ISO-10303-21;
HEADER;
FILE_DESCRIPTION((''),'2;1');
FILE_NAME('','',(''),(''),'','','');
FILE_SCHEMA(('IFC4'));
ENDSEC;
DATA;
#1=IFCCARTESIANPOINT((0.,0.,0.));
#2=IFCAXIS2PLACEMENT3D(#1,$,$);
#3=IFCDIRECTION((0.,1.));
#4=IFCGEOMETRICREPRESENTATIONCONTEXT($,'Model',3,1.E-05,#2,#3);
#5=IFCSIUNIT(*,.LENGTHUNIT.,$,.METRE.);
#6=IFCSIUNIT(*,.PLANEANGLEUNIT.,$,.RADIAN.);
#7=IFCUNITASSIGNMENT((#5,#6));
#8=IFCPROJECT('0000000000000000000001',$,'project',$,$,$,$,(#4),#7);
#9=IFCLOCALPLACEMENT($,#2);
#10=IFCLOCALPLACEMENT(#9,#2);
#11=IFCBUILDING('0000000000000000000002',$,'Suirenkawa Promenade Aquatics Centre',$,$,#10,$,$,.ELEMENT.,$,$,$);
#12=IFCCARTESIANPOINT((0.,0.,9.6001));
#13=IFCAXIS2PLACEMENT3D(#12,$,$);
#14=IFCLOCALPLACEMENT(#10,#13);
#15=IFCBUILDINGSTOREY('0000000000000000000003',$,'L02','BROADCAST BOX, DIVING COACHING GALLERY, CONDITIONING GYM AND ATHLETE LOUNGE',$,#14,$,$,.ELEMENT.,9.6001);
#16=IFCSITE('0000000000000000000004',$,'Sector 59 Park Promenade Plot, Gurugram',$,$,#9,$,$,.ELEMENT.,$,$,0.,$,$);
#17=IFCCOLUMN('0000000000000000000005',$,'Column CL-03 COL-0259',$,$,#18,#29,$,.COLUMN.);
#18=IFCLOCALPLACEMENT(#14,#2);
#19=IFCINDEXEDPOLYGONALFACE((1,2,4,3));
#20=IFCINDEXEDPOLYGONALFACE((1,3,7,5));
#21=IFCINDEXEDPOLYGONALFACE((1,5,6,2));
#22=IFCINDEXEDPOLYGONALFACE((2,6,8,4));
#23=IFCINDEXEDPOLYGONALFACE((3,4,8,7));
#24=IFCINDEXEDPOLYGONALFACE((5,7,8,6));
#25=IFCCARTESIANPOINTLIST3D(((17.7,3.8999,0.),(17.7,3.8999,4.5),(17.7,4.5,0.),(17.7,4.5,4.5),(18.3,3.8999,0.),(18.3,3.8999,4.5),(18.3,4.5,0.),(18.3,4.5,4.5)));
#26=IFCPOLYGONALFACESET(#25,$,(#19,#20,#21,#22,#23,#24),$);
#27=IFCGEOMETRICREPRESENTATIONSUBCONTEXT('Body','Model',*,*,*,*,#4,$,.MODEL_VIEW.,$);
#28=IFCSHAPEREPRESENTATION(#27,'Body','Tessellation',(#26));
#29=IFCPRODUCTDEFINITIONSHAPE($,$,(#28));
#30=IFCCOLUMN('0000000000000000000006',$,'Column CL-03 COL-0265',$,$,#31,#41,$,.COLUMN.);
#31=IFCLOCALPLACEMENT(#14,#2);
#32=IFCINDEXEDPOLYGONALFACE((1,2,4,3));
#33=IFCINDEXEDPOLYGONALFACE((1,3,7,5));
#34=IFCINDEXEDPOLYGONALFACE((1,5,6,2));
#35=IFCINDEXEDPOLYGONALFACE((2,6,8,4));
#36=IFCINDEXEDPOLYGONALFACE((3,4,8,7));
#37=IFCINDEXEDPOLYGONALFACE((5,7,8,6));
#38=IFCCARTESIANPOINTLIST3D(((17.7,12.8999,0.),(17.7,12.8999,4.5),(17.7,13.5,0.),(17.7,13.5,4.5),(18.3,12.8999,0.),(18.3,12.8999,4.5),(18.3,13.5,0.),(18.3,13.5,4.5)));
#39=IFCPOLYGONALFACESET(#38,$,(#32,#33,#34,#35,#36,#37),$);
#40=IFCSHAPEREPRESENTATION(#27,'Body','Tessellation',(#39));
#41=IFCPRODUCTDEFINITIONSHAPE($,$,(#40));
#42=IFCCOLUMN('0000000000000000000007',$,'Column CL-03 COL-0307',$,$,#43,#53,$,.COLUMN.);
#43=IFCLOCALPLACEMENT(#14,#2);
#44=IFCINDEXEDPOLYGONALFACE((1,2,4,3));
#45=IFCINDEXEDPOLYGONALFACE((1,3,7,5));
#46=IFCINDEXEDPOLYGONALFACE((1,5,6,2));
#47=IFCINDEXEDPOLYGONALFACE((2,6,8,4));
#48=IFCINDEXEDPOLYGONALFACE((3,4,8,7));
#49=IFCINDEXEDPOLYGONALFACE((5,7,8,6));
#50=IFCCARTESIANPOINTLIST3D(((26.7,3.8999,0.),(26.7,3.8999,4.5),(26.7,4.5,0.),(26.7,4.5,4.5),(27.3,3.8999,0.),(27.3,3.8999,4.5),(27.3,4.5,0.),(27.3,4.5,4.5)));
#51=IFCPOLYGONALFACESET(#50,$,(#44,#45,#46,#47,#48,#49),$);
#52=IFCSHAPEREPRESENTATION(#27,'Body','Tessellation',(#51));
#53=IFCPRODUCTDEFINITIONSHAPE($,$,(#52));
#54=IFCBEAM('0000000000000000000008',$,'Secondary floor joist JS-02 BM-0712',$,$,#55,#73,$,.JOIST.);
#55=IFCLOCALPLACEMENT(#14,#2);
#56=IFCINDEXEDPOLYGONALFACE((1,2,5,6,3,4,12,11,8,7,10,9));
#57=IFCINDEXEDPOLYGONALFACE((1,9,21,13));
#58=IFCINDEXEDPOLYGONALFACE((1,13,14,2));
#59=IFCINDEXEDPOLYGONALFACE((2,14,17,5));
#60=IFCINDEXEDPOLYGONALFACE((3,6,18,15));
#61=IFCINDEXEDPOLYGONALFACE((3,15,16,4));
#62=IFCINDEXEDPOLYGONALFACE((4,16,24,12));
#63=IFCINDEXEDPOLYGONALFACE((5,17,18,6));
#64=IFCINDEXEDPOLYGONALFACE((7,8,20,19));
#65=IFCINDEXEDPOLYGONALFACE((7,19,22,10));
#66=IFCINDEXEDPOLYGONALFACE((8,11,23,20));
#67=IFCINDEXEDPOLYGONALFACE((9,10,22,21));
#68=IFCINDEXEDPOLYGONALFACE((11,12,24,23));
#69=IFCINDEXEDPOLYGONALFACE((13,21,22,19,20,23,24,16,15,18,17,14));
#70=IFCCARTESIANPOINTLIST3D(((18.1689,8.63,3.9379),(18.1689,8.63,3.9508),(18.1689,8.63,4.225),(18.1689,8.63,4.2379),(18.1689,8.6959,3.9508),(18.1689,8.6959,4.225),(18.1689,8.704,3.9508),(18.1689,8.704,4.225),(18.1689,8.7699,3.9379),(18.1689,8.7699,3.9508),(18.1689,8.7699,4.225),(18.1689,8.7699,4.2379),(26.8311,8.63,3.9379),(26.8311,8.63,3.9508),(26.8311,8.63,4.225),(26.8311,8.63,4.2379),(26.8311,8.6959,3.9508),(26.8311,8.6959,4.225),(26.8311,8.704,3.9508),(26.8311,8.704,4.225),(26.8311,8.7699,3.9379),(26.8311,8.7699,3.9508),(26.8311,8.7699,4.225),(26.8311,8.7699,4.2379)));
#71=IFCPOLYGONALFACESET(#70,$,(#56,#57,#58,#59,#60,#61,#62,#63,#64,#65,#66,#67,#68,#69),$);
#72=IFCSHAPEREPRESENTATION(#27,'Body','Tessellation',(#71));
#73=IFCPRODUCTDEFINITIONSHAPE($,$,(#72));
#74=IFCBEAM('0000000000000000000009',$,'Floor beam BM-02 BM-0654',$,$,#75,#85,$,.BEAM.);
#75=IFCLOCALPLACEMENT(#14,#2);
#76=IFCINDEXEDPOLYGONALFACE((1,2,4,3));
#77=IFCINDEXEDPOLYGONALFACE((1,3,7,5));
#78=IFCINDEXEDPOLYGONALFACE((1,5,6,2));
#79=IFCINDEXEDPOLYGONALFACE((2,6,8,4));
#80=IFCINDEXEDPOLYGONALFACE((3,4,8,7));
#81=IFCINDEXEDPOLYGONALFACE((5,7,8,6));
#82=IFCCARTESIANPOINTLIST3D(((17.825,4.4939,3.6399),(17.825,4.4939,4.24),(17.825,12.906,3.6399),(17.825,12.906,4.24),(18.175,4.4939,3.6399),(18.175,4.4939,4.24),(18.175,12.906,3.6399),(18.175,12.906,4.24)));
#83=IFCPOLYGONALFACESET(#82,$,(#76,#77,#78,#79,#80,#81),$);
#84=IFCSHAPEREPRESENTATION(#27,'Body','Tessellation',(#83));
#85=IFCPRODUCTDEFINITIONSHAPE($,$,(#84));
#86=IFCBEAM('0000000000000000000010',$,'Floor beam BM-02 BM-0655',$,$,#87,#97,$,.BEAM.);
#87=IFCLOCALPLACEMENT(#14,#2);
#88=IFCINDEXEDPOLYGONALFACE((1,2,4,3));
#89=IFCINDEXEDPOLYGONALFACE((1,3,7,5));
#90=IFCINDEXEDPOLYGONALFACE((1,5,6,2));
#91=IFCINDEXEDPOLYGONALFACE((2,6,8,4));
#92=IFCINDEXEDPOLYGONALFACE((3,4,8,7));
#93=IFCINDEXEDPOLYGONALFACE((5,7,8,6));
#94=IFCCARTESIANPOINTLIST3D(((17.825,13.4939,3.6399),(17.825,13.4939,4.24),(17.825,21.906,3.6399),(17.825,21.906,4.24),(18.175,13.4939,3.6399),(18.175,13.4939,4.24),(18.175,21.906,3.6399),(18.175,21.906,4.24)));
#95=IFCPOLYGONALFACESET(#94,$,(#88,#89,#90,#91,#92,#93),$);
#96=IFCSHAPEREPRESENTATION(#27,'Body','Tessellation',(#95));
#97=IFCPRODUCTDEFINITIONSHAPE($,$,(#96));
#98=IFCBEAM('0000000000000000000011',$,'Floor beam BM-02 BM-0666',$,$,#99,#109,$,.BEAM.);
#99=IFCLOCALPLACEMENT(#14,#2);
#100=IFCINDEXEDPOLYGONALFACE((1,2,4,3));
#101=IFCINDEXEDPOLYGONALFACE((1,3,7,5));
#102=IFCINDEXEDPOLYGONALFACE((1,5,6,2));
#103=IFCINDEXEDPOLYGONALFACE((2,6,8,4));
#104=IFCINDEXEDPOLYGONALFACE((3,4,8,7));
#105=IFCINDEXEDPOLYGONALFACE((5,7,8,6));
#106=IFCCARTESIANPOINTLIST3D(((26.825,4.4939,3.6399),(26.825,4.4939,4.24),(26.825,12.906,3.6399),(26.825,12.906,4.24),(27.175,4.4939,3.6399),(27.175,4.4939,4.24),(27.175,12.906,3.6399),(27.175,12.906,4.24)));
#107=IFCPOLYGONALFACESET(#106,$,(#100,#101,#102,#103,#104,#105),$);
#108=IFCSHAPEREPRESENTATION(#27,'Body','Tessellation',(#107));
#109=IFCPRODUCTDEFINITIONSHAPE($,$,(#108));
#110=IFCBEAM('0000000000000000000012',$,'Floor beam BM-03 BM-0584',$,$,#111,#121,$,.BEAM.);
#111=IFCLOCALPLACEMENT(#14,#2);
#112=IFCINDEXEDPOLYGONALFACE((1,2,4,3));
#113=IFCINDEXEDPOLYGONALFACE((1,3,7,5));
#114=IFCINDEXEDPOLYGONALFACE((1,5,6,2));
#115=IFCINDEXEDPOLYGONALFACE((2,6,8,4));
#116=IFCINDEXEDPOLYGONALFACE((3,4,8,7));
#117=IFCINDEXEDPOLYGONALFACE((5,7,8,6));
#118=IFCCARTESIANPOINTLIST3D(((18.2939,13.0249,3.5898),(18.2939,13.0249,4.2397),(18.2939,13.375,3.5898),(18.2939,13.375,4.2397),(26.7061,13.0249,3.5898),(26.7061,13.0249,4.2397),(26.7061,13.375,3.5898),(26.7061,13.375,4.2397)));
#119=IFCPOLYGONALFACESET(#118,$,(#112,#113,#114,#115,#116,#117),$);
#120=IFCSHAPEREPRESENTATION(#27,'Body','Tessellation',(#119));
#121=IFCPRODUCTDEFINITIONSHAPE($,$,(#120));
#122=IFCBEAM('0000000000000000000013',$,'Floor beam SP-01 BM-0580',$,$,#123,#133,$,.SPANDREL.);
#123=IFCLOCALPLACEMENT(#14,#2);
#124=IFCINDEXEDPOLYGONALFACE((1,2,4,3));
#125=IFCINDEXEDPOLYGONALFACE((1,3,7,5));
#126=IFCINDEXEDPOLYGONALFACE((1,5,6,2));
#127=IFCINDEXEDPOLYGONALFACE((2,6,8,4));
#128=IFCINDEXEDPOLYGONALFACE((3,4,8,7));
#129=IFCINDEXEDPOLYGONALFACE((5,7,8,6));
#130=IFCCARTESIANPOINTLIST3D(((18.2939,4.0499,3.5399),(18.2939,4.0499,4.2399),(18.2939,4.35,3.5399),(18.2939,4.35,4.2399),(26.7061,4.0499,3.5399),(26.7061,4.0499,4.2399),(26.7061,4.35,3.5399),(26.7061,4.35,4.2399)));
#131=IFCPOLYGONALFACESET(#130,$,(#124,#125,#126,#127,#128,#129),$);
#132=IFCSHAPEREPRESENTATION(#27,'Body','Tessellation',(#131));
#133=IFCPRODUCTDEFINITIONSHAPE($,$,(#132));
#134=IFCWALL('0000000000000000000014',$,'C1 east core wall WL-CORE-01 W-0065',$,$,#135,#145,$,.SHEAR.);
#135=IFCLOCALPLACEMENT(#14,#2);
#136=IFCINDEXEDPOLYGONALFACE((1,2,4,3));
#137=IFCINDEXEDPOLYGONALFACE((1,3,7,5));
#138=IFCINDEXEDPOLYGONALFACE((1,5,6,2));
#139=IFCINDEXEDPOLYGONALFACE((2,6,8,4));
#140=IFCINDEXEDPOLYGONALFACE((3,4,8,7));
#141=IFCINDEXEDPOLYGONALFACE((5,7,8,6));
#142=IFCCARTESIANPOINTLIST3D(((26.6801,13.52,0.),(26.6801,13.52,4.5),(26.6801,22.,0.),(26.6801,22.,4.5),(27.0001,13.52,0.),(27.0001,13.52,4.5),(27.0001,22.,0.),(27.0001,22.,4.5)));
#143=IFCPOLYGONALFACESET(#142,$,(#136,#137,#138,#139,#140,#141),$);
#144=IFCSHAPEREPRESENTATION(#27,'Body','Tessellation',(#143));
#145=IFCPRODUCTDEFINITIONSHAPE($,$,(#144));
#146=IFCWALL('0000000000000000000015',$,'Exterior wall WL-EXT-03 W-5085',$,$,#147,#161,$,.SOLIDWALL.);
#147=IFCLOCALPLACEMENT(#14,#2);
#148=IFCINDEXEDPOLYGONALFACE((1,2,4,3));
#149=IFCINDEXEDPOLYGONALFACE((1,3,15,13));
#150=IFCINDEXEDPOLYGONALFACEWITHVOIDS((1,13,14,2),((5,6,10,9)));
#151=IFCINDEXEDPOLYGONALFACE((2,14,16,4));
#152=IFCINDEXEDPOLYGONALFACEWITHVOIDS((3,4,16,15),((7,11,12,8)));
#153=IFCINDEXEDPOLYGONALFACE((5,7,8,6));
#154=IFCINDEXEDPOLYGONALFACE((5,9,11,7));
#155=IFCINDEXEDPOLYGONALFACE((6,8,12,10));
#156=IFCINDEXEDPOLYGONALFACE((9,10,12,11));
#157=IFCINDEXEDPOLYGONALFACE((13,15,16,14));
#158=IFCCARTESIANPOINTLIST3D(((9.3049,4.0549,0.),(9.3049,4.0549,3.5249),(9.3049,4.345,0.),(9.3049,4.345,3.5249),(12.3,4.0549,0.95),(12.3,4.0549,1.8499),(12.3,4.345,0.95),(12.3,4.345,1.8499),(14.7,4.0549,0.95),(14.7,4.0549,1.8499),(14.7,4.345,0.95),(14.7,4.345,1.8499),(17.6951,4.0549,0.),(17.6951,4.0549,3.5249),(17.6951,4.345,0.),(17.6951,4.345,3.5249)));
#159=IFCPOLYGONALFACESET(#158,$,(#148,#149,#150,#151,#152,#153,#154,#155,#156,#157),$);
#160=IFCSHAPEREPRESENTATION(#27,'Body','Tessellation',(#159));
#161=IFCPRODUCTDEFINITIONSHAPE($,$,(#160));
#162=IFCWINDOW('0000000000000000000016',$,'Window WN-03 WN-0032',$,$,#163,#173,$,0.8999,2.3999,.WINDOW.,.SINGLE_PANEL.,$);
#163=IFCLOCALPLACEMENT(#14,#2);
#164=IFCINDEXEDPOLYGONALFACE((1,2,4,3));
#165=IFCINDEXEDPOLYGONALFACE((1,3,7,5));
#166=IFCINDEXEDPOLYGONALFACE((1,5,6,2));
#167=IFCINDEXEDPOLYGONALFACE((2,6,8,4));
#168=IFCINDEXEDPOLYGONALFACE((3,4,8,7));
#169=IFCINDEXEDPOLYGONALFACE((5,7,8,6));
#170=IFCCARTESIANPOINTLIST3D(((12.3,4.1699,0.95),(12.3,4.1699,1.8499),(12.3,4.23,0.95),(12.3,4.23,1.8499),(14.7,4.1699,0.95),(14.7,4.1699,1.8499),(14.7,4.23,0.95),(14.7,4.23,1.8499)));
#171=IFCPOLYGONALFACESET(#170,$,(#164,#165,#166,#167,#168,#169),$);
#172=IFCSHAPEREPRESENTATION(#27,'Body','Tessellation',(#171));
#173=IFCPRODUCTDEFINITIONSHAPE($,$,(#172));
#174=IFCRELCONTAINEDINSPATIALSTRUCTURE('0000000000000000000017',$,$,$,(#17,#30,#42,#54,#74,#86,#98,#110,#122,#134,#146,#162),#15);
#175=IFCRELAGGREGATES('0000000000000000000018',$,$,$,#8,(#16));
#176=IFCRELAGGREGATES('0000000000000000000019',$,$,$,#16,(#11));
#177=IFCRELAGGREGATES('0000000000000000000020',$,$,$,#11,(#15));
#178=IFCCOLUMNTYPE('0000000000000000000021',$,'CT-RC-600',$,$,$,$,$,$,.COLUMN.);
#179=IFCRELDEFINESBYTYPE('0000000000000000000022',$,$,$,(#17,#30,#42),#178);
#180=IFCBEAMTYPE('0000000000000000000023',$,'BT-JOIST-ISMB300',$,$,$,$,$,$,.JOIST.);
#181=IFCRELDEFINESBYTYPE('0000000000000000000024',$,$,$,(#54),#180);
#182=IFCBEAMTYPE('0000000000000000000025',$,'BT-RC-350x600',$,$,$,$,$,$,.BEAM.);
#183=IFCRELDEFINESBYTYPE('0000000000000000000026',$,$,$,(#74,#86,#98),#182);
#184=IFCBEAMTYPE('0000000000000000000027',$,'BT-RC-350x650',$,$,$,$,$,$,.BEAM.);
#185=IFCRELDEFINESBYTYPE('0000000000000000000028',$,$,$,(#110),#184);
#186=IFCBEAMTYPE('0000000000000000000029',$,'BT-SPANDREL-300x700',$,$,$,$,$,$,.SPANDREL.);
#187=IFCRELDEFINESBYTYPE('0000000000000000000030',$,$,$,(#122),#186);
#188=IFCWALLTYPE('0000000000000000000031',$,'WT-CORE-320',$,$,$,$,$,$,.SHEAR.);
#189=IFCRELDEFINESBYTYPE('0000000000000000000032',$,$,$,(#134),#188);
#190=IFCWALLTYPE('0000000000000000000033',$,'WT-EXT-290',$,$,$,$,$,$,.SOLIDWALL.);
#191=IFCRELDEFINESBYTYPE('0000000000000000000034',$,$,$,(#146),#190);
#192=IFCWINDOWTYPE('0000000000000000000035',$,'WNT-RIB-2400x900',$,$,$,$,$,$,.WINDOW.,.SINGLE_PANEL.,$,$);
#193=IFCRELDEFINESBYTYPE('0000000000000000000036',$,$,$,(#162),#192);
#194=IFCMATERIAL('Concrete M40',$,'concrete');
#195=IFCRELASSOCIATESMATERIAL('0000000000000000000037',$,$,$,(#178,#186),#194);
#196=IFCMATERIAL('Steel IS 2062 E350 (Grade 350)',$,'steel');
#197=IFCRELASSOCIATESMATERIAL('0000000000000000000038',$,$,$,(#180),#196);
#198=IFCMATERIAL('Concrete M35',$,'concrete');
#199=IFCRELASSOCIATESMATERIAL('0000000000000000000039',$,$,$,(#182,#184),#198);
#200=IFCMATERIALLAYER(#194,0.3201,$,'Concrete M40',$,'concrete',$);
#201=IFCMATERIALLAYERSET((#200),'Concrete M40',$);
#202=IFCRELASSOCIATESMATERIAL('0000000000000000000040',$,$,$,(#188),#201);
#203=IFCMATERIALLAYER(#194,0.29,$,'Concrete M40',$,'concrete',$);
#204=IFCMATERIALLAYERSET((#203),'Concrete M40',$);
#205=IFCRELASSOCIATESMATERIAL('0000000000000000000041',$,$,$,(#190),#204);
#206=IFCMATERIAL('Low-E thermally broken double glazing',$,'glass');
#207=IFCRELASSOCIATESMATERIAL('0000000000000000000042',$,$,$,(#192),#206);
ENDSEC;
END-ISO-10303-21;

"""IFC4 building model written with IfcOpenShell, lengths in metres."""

from ifc_helpers import new_model, si_unit, direction, frame, frame_2d, origin, origin_2d, place, context, subcontext, project, spatial, rectangle, i_section, extrude, material, layer, layer_set, material_profile, profile_set, type_object, element, fill, save


model = new_model("IFC4")

# Units and contexts
model_context = context("Model", 3, precision=1e-05, world=origin(), true_north=direction((0.0, 1.0)))
body_context = subcontext(model_context, "Body", "Model", "MODEL_VIEW")
ifc_project = project(units=[si_unit("LENGTHUNIT", "METRE"), si_unit("PLANEANGLEUNIT", "RADIAN")], contexts=[model_context])

# Site, building, storey
site_placement = place(None, origin())
site = spatial("IfcSite", under=ifc_project, at=site_placement, Name="Sector 59 Park Promenade Plot, Gurugram", CompositionType="ELEMENT", RefElevation=0.0)
building_placement = place(site_placement, origin())
building = spatial("IfcBuilding", under=site, at=building_placement, Name="Suirenkawa Promenade Aquatics Centre", CompositionType="ELEMENT")
storey_placement = place(building_placement, frame((0.0, 0.0, 9.6001)))
storey = spatial("IfcBuildingStorey", under=building, at=storey_placement, Name="L02", Description="BROADCAST BOX, DIVING COACHING GALLERY, CONDITIONING GYM AND ATHLETE LOUNGE", CompositionType="ELEMENT", Elevation=9.6001)

# Columns
ifc_material_1 = material(Name="Concrete M40", Category="concrete")
ifc_material_profile_1 = material_profile(ifc_material_1, rectangle(XDim=0.6001, YDim=0.6001, at=origin_2d()), Name="RC COL 600x600", Category="concrete")
ifc_profile_set_1 = profile_set([ifc_material_profile_1], Name="Concrete M40")
column_type = type_object("IfcColumnType", Name="CT-RC-600", PredefinedType="COLUMN", material=ifc_profile_set_1)
for number, where, z_axis, x_axis, name in (
    (1, (18.0, 4.2, 0.0), (0.0, 0.0, 1.0), (1.0, 0.0, 0.0), "Column CL-03 COL-0259"),
    (2, (18.0, 13.2, 0.0), (0.0, 0.0, 1.0), (1.0, 0.0, 0.0), "Column CL-03 COL-0265"),
    (3, (27.0, 4.2, 0.0), (0.0, 0.0, 1.0), (1.0, 0.0, 0.0), "Column CL-03 COL-0307"),
):
    element("IfcColumn", number, at=place(storey_placement, frame(where, z_axis=z_axis, x_axis=x_axis)), inside=storey, type_object=column_type, Name=name, PredefinedType="COLUMN", context=body_context, shape_type="SweptSolid", body=[
        extrude(rectangle(XDim=0.6001, YDim=0.6001, at=origin_2d()), origin(), (0.0, 0.0, 1.0), 4.5),
    ])

# Beams
ifc_material_2 = material(Name="Steel IS 2062 E350 (Grade 350)", Category="steel")
ifc_material_profile_2 = material_profile(ifc_material_2, i_section(OverallWidth=0.1399, OverallDepth=0.3, WebThickness=0.0081, FlangeThickness=0.0129, at=origin_2d()), Name="ISMB 300", Category="steel")
ifc_profile_set_2 = profile_set([ifc_material_profile_2], Name="Steel IS 2062 E350 (Grade 350)")
beam_type_1 = type_object("IfcBeamType", Name="BT-JOIST-ISMB300", PredefinedType="JOIST", material=ifc_profile_set_2)
beam_1_placement = place(storey_placement, frame((18.1689, 8.7, 4.0879), z_axis=(1.0, 0.0, 0.0), x_axis=(0.0, 1.0, 0.0)))
element("IfcBeam", 4, at=beam_1_placement, inside=storey, type_object=beam_type_1, Name="Secondary floor joist JS-02 BM-0712", PredefinedType="JOIST", context=body_context, shape_type="SweptSolid", body=[
    extrude(i_section(OverallWidth=0.1399, OverallDepth=0.3, WebThickness=0.0081, FlangeThickness=0.0129, at=origin_2d()), origin(), (0.0, 0.0, 1.0), 8.6621),
])
ifc_material_3 = material(Name="Concrete M35", Category="concrete")
ifc_material_profile_3 = material_profile(ifc_material_3, rectangle(XDim=0.3501, YDim=0.6001, at=origin_2d()), Name="RC BM 350x600", Category="concrete")
ifc_profile_set_3 = profile_set([ifc_material_profile_3], Name="Concrete M35")
beam_type_2 = type_object("IfcBeamType", Name="BT-RC-350x600", PredefinedType="BEAM", material=ifc_profile_set_3)
for number, where, z_axis, x_axis, name in (
    (5, (18.0, 4.4939, 3.9399), (0.0, 1.0, 0.0), (-1.0, 0.0, 0.0), "Floor beam BM-02 BM-0654"),
    (6, (18.0, 13.4939, 3.9399), (0.0, 1.0, 0.0), (-1.0, 0.0, 0.0), "Floor beam BM-02 BM-0655"),
    (7, (27.0, 4.4939, 3.9399), (0.0, 1.0, 0.0), (-1.0, 0.0, 0.0), "Floor beam BM-02 BM-0666"),
):
    element("IfcBeam", number, at=place(storey_placement, frame(where, z_axis=z_axis, x_axis=x_axis)), inside=storey, type_object=beam_type_2, Name=name, PredefinedType="BEAM", context=body_context, shape_type="SweptSolid", body=[
        extrude(rectangle(XDim=0.3501, YDim=0.6001, at=origin_2d()), origin(), (0.0, 0.0, 1.0), 8.4121),
    ])
ifc_material_profile_4 = material_profile(ifc_material_3, rectangle(XDim=0.3501, YDim=0.6499, at=origin_2d()), Name="RC BM 350x650", Category="concrete")
ifc_profile_set_4 = profile_set([ifc_material_profile_4], Name="Concrete M35")
beam_type_3 = type_object("IfcBeamType", Name="BT-RC-350x650", PredefinedType="BEAM", material=ifc_profile_set_4)
beam_2_placement = place(storey_placement, frame((18.2939, 13.2, 3.9148), z_axis=(1.0, 0.0, 0.0), x_axis=(0.0, 1.0, 0.0)))
element("IfcBeam", 8, at=beam_2_placement, inside=storey, type_object=beam_type_3, Name="Floor beam BM-03 BM-0584", PredefinedType="BEAM", context=body_context, shape_type="SweptSolid", body=[
    extrude(rectangle(XDim=0.3501, YDim=0.6499, at=origin_2d()), origin(), (0.0, 0.0, 1.0), 8.4121),
])
ifc_material_profile_5 = material_profile(ifc_material_1, rectangle(XDim=0.3, YDim=0.7, at=origin_2d()), Name="RC SPANDREL 300x700", Category="concrete")
ifc_profile_set_5 = profile_set([ifc_material_profile_5], Name="Concrete M40")
beam_type_4 = type_object("IfcBeamType", Name="BT-SPANDREL-300x700", PredefinedType="SPANDREL", material=ifc_profile_set_5)
beam_3_placement = place(storey_placement, frame((18.2939, 4.2, 3.8899), z_axis=(1.0, 0.0, 0.0), x_axis=(0.0, 1.0, 0.0)))
element("IfcBeam", 9, at=beam_3_placement, inside=storey, type_object=beam_type_4, Name="Floor beam SP-01 BM-0580", PredefinedType="SPANDREL", context=body_context, shape_type="SweptSolid", body=[
    extrude(rectangle(XDim=0.3, YDim=0.7, at=origin_2d()), origin(), (0.0, 0.0, 1.0), 8.4121),
])

# Wall
ifc_layer_1 = layer(ifc_material_1, 0.3201, Name="Concrete M40", Category="concrete")
ifc_layer_set_1 = layer_set([ifc_layer_1], Name="Concrete M40")
wall_type_1 = type_object("IfcWallType", Name="WT-CORE-320", PredefinedType="SHEAR", material=ifc_layer_set_1)
wall_1_placement = place(storey_placement, frame((26.8401, 13.52, 0.0), z_axis=(0.0, 0.0, 1.0), x_axis=(0.0, 1.0, 0.0)))
element("IfcWall", 10, at=wall_1_placement, inside=storey, type_object=wall_type_1, Name="C1 east core wall WL-CORE-01 W-0065", PredefinedType="SHEAR", context=body_context, shape_type="SweptSolid", body=[
    extrude(rectangle(XDim=8.48, YDim=0.3201, at=frame_2d((4.24, 0.0))), origin(), (0.0, 0.0, 1.0), 4.5),
])

# Wall, opening, window
ifc_layer_2 = layer(ifc_material_1, 0.29, Name="Concrete M40", Category="concrete")
ifc_layer_set_2 = layer_set([ifc_layer_2], Name="Concrete M40")
wall_type_2 = type_object("IfcWallType", Name="WT-EXT-290", PredefinedType="SOLIDWALL", material=ifc_layer_set_2)
wall_2_placement = place(storey_placement, frame((17.6951, 4.2, 0.0), z_axis=(0.0, 0.0, 1.0), x_axis=(-1.0, 0.0, 0.0)))
wall_2 = element("IfcWall", 11, at=wall_2_placement, inside=storey, type_object=wall_type_2, Name="Exterior wall WL-EXT-03 W-5085", PredefinedType="SOLIDWALL", context=body_context, shape_type="SweptSolid", body=[
    extrude(rectangle(XDim=8.3901, YDim=0.29, at=frame_2d((4.1951, 0.0))), origin(), (0.0, 0.0, 1.0), 3.5249),
])
opening_1_placement = place(wall_2_placement, frame((2.9951, 0.0, 0.95)))
opening_1 = element("IfcOpeningElement", 12, at=opening_1_placement, cuts=wall_2, PredefinedType="OPENING", context=body_context, shape_type="SweptSolid", body=[
    extrude(rectangle(XDim=2.3999, YDim=0.8999, at=frame_2d((1.2, 0.45))), frame((0.0, 0.155, 0.0), z_axis=(0.0, -1.0, 0.0), x_axis=(1.0, 0.0, 0.0)), (0.0, 0.0, 1.0), 0.3101),
])
ifc_material_4 = material(Name="Low-E thermally broken double glazing", Category="glass")
window_type_1 = type_object("IfcWindowType", Name="WNT-RIB-2400x900", PartitioningType="SINGLE_PANEL", PredefinedType="WINDOW", material=ifc_material_4)
window_1_placement = place(opening_1_placement, origin())
window_1 = element("IfcWindow", 13, at=window_1_placement, inside=storey, type_object=window_type_1, Name="Window WN-03 WN-0032", OverallHeight=0.8999, OverallWidth=2.3999, PartitioningType="SINGLE_PANEL", PredefinedType="WINDOW", context=body_context, shape_type="SweptSolid", body=[
    extrude(rectangle(XDim=2.3999, YDim=0.8999, at=frame_2d((1.2, 0.45))), frame((0.0, 0.03, 0.0), z_axis=(0.0, -1.0, 0.0), x_axis=(1.0, 0.0, 0.0)), (0.0, 0.0, 1.0), 0.0601),
])
fill(opening_1, window_1)

save(model, "model.ifc")
